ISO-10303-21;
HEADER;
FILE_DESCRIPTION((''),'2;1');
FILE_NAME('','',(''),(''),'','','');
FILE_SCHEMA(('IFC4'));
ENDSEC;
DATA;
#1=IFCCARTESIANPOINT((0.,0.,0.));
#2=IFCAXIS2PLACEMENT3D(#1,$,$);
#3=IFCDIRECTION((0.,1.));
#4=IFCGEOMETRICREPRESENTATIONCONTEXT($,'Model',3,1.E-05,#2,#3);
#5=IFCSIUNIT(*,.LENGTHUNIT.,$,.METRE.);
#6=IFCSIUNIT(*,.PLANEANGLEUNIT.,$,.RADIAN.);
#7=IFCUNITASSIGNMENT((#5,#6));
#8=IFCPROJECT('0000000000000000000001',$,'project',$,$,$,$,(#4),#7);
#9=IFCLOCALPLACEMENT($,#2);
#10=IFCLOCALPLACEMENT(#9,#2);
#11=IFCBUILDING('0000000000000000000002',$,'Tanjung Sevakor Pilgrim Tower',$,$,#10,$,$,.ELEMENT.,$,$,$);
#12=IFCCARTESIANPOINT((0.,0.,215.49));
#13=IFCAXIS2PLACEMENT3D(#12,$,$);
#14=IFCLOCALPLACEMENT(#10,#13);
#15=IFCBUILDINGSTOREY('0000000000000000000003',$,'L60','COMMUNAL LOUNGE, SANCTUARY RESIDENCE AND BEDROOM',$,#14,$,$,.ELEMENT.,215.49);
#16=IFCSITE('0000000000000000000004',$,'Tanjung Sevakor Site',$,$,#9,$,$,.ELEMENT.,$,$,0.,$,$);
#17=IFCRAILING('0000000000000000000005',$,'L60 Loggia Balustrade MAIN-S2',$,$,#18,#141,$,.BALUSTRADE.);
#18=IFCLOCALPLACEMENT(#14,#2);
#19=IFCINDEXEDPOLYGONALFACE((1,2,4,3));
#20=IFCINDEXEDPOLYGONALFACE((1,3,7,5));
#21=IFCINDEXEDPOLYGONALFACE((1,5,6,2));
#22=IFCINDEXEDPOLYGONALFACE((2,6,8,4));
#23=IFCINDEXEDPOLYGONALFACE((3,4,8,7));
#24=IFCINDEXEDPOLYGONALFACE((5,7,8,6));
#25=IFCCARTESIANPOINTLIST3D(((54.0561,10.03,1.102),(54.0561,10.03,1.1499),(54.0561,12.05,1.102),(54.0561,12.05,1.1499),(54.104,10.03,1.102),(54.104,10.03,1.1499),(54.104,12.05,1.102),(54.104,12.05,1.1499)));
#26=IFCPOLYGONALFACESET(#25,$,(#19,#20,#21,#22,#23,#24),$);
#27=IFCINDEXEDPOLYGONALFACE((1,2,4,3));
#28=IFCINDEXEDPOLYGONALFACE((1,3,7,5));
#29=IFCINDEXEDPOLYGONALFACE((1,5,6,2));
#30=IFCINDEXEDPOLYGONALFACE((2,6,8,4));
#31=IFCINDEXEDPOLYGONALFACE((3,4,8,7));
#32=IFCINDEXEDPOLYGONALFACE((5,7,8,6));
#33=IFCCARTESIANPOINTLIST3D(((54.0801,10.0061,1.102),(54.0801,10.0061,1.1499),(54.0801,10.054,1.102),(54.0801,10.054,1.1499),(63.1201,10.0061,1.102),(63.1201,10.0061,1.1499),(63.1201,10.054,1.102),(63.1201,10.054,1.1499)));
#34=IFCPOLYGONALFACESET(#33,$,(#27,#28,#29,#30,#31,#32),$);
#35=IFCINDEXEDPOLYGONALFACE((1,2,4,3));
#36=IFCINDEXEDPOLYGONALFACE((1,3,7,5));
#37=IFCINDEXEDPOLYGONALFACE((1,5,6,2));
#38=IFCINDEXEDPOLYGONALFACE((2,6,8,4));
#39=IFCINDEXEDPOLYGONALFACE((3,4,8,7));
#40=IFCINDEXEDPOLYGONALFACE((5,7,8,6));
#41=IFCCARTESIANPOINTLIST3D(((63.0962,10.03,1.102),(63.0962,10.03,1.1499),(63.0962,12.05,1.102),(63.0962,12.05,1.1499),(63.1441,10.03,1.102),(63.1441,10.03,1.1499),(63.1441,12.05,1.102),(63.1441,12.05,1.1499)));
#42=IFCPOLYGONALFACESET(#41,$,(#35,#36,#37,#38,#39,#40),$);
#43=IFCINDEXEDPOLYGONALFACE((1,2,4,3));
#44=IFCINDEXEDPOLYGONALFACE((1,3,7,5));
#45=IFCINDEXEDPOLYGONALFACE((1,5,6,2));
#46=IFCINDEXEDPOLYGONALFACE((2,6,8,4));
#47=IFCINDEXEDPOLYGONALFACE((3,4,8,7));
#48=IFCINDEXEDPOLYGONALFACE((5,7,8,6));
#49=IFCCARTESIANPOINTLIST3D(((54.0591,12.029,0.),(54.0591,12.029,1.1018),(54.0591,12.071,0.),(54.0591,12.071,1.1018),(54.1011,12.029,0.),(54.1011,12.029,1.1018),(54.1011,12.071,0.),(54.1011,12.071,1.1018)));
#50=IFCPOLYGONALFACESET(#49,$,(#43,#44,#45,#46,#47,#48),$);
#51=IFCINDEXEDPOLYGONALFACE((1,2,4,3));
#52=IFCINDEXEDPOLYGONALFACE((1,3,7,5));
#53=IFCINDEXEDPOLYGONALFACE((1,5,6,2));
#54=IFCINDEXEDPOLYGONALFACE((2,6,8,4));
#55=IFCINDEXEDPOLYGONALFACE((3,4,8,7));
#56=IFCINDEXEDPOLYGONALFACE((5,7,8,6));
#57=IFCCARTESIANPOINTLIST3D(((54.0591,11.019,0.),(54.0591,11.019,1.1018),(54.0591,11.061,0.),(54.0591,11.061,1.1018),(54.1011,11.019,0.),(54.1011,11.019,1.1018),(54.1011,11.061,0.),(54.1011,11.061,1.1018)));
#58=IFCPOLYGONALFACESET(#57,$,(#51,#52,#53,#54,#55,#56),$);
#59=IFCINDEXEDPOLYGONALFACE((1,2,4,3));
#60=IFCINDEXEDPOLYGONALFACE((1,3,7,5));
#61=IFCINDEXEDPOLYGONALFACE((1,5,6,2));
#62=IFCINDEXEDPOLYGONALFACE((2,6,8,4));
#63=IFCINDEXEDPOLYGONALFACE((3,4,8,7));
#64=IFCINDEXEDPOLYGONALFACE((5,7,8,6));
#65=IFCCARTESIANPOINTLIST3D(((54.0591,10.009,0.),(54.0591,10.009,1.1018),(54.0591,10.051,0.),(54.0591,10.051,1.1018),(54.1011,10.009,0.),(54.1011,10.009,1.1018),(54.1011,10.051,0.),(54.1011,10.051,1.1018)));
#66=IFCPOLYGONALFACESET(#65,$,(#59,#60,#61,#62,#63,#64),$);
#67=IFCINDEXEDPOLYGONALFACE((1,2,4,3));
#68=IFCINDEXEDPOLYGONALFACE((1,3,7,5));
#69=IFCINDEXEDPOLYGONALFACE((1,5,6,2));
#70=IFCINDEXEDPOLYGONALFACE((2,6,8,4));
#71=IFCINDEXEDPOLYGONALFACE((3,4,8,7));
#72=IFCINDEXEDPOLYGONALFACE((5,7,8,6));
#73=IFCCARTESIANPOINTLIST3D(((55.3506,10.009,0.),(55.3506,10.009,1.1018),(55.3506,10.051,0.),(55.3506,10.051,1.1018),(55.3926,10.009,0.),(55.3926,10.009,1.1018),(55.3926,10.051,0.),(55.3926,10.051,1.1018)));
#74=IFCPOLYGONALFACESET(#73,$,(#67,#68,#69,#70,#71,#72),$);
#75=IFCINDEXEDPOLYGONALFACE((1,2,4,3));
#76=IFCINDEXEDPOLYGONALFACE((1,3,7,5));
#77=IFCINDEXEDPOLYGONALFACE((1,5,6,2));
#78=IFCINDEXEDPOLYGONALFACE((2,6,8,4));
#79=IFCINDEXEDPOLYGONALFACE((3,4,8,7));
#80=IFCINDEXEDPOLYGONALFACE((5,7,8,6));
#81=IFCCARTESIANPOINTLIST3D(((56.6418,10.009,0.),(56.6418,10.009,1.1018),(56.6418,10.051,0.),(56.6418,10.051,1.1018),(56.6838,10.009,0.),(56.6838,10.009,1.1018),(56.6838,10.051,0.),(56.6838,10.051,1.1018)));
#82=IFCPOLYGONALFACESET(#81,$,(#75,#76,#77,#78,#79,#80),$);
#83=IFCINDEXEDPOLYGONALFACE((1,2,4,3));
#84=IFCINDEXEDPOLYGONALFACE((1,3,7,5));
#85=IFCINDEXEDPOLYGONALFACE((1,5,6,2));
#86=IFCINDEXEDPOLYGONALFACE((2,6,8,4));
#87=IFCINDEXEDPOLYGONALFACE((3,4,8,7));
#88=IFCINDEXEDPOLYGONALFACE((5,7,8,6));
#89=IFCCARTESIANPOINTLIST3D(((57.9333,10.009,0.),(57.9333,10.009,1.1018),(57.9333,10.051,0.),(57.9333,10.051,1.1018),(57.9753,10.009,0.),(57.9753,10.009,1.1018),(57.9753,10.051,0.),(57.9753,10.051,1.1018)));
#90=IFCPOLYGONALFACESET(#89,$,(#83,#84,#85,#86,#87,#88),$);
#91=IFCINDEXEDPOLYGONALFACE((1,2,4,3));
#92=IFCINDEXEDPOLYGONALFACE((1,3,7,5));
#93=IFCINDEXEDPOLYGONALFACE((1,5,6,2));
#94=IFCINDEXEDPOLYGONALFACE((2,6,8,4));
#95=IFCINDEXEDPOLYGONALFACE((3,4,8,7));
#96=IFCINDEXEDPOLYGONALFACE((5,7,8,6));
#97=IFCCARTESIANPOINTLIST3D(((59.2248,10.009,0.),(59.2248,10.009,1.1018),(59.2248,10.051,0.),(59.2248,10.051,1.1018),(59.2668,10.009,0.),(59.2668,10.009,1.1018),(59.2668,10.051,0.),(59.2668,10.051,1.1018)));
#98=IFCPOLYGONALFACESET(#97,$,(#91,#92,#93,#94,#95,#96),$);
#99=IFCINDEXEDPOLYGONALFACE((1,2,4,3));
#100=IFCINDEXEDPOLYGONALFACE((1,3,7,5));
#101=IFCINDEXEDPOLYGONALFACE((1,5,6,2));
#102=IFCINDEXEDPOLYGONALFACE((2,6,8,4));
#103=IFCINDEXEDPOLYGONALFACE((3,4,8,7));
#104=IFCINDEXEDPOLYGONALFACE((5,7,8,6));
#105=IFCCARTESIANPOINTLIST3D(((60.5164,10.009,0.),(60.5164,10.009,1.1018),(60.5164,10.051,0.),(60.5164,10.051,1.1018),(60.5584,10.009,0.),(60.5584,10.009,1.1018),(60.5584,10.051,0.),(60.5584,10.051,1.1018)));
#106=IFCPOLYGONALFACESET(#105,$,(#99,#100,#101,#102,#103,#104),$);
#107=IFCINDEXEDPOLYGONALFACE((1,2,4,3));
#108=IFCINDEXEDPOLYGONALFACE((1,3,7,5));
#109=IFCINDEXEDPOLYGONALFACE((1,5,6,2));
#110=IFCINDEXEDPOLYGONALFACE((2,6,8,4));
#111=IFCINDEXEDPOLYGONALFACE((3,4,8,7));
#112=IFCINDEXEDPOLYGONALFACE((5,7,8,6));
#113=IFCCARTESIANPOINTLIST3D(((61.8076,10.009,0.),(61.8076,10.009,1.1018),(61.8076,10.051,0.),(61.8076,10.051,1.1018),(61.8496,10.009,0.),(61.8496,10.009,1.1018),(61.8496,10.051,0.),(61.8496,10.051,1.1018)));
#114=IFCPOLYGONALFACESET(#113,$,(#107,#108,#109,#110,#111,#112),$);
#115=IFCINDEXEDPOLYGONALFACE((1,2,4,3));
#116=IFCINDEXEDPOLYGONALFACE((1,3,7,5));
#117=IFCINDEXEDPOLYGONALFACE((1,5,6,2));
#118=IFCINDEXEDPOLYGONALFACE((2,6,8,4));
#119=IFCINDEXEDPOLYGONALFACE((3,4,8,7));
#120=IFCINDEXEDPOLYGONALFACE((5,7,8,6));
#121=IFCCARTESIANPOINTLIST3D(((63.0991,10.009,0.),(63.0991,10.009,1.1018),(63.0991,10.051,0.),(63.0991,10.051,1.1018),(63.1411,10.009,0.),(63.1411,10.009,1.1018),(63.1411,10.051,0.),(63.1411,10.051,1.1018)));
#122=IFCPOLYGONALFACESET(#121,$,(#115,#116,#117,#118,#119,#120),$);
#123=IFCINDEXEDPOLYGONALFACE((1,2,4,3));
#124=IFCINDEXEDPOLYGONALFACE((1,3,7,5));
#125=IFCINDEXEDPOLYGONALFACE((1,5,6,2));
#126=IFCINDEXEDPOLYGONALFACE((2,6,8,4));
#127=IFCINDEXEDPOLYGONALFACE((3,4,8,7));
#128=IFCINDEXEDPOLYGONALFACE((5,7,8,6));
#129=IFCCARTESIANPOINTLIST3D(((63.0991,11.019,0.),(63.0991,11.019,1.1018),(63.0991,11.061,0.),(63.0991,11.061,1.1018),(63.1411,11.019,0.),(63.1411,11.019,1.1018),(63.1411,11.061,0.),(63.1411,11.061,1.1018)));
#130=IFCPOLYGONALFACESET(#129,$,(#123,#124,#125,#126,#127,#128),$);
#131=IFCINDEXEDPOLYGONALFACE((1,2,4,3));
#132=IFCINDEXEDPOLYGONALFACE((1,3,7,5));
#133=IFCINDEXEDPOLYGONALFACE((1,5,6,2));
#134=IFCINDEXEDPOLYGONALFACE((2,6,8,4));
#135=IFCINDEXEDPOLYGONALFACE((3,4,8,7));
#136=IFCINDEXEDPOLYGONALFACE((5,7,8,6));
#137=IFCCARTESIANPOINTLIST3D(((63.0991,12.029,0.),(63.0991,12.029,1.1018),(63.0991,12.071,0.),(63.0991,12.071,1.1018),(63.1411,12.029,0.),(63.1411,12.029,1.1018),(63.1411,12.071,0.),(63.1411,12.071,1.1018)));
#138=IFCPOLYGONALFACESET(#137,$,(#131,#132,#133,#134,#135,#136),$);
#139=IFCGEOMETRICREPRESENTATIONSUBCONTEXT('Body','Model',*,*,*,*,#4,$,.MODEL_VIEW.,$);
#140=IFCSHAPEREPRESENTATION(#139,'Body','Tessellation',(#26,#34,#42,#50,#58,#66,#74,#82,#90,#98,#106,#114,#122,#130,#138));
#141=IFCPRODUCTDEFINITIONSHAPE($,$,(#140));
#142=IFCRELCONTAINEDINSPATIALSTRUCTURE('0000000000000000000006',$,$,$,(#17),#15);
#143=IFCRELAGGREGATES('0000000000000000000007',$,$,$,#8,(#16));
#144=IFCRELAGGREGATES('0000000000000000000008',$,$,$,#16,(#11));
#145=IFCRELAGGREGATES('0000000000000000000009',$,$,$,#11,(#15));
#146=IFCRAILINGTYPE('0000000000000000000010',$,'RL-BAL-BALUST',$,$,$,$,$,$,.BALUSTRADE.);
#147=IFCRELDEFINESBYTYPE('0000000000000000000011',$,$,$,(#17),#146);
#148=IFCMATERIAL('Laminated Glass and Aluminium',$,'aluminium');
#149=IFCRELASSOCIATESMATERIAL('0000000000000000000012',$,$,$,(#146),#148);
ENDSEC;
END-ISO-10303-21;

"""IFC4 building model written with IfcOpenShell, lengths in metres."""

from ifc_helpers import new_model, si_unit, direction, frame, origin, place, context, subcontext, project, spatial, rectangle, extrude, material, type_object, element, save


model = new_model("IFC4")

# Units and contexts
model_context = context("Model", 3, precision=1e-05, world=origin(), true_north=direction((0.0, 1.0)))
body_context = subcontext(model_context, "Body", "Model", "MODEL_VIEW")
ifc_project = project(units=[si_unit("LENGTHUNIT", "METRE"), si_unit("PLANEANGLEUNIT", "RADIAN")], contexts=[model_context])

# Site, building, storey
site_placement = place(None, origin())
site = spatial("IfcSite", under=ifc_project, at=site_placement, Name="Tanjung Sevakor Site", CompositionType="ELEMENT", RefElevation=0.0)
building_placement = place(site_placement, origin())
building = spatial("IfcBuilding", under=site, at=building_placement, Name="Tanjung Sevakor Pilgrim Tower", CompositionType="ELEMENT")
storey_placement = place(building_placement, frame((0.0, 0.0, 215.49)))
storey = spatial("IfcBuildingStorey", under=building, at=storey_placement, Name="L60", Description="COMMUNAL LOUNGE, SANCTUARY RESIDENCE AND BEDROOM", CompositionType="ELEMENT", Elevation=215.49)

# Railing
ifc_material_1 = material(Name="Laminated Glass and Aluminium", Category="aluminium")
railing_type_1 = type_object("IfcRailingType", Name="RL-BAL-BALUST", PredefinedType="BALUSTRADE", material=ifc_material_1)
railing_1_placement = place(storey_placement, frame((54.0801, 12.05, 0.0)))
element("IfcRailing", 1, at=railing_1_placement, inside=storey, type_object=railing_type_1, Name="L60 Loggia Balustrade MAIN-S2", PredefinedType="BALUSTRADE", context=body_context, shape_type="SweptSolid", body=[
    extrude(rectangle(XDim=0.0479, YDim=0.0479), frame((0.0, 0.0, 1.126), z_axis=(0.0, -1.0, 0.0), x_axis=(1.0, 0.0, 0.0)), (0.0, 0.0, 1.0), 2.02),
    extrude(rectangle(XDim=0.0479, YDim=0.0479), frame((0.0, -2.02, 1.126), z_axis=(1.0, 0.0, 0.0), x_axis=(0.0, 1.0, 0.0)), (0.0, 0.0, 1.0), 9.04),
    extrude(rectangle(XDim=0.0479, YDim=0.0479), frame((9.04, -2.02, 1.126), z_axis=(0.0, 1.0, 0.0), x_axis=(-1.0, 0.0, 0.0)), (0.0, 0.0, 1.0), 2.02),
    extrude(rectangle(XDim=0.042, YDim=0.042), origin(), (0.0, 0.0, 1.0), 1.1018),
    extrude(rectangle(XDim=0.042, YDim=0.042), frame((0.0, -1.01, 0.0)), (0.0, 0.0, 1.0), 1.1018),
    extrude(rectangle(XDim=0.042, YDim=0.042), frame((0.0, -2.02, 0.0)), (0.0, 0.0, 1.0), 1.1018),
    extrude(rectangle(XDim=0.042, YDim=0.042), frame((1.2915, -2.02, 0.0)), (0.0, 0.0, 1.0), 1.1018),
    extrude(rectangle(XDim=0.042, YDim=0.042), frame((2.5828, -2.02, 0.0)), (0.0, 0.0, 1.0), 1.1018),
    extrude(rectangle(XDim=0.042, YDim=0.042), frame((3.8743, -2.02, 0.0)), (0.0, 0.0, 1.0), 1.1018),
    extrude(rectangle(XDim=0.042, YDim=0.042), frame((5.1658, -2.02, 0.0)), (0.0, 0.0, 1.0), 1.1018),
    extrude(rectangle(XDim=0.042, YDim=0.042), frame((6.4573, -2.02, 0.0)), (0.0, 0.0, 1.0), 1.1018),
    extrude(rectangle(XDim=0.042, YDim=0.042), frame((7.7485, -2.02, 0.0)), (0.0, 0.0, 1.0), 1.1018),
    extrude(rectangle(XDim=0.042, YDim=0.042), frame((9.04, -2.02, 0.0)), (0.0, 0.0, 1.0), 1.1018),
    extrude(rectangle(XDim=0.042, YDim=0.042), frame((9.04, -1.01, 0.0)), (0.0, 0.0, 1.0), 1.1018),
    extrude(rectangle(XDim=0.042, YDim=0.042), frame((9.04, 0.0, 0.0)), (0.0, 0.0, 1.0), 1.1018),
])

save(model, "model.ifc")
